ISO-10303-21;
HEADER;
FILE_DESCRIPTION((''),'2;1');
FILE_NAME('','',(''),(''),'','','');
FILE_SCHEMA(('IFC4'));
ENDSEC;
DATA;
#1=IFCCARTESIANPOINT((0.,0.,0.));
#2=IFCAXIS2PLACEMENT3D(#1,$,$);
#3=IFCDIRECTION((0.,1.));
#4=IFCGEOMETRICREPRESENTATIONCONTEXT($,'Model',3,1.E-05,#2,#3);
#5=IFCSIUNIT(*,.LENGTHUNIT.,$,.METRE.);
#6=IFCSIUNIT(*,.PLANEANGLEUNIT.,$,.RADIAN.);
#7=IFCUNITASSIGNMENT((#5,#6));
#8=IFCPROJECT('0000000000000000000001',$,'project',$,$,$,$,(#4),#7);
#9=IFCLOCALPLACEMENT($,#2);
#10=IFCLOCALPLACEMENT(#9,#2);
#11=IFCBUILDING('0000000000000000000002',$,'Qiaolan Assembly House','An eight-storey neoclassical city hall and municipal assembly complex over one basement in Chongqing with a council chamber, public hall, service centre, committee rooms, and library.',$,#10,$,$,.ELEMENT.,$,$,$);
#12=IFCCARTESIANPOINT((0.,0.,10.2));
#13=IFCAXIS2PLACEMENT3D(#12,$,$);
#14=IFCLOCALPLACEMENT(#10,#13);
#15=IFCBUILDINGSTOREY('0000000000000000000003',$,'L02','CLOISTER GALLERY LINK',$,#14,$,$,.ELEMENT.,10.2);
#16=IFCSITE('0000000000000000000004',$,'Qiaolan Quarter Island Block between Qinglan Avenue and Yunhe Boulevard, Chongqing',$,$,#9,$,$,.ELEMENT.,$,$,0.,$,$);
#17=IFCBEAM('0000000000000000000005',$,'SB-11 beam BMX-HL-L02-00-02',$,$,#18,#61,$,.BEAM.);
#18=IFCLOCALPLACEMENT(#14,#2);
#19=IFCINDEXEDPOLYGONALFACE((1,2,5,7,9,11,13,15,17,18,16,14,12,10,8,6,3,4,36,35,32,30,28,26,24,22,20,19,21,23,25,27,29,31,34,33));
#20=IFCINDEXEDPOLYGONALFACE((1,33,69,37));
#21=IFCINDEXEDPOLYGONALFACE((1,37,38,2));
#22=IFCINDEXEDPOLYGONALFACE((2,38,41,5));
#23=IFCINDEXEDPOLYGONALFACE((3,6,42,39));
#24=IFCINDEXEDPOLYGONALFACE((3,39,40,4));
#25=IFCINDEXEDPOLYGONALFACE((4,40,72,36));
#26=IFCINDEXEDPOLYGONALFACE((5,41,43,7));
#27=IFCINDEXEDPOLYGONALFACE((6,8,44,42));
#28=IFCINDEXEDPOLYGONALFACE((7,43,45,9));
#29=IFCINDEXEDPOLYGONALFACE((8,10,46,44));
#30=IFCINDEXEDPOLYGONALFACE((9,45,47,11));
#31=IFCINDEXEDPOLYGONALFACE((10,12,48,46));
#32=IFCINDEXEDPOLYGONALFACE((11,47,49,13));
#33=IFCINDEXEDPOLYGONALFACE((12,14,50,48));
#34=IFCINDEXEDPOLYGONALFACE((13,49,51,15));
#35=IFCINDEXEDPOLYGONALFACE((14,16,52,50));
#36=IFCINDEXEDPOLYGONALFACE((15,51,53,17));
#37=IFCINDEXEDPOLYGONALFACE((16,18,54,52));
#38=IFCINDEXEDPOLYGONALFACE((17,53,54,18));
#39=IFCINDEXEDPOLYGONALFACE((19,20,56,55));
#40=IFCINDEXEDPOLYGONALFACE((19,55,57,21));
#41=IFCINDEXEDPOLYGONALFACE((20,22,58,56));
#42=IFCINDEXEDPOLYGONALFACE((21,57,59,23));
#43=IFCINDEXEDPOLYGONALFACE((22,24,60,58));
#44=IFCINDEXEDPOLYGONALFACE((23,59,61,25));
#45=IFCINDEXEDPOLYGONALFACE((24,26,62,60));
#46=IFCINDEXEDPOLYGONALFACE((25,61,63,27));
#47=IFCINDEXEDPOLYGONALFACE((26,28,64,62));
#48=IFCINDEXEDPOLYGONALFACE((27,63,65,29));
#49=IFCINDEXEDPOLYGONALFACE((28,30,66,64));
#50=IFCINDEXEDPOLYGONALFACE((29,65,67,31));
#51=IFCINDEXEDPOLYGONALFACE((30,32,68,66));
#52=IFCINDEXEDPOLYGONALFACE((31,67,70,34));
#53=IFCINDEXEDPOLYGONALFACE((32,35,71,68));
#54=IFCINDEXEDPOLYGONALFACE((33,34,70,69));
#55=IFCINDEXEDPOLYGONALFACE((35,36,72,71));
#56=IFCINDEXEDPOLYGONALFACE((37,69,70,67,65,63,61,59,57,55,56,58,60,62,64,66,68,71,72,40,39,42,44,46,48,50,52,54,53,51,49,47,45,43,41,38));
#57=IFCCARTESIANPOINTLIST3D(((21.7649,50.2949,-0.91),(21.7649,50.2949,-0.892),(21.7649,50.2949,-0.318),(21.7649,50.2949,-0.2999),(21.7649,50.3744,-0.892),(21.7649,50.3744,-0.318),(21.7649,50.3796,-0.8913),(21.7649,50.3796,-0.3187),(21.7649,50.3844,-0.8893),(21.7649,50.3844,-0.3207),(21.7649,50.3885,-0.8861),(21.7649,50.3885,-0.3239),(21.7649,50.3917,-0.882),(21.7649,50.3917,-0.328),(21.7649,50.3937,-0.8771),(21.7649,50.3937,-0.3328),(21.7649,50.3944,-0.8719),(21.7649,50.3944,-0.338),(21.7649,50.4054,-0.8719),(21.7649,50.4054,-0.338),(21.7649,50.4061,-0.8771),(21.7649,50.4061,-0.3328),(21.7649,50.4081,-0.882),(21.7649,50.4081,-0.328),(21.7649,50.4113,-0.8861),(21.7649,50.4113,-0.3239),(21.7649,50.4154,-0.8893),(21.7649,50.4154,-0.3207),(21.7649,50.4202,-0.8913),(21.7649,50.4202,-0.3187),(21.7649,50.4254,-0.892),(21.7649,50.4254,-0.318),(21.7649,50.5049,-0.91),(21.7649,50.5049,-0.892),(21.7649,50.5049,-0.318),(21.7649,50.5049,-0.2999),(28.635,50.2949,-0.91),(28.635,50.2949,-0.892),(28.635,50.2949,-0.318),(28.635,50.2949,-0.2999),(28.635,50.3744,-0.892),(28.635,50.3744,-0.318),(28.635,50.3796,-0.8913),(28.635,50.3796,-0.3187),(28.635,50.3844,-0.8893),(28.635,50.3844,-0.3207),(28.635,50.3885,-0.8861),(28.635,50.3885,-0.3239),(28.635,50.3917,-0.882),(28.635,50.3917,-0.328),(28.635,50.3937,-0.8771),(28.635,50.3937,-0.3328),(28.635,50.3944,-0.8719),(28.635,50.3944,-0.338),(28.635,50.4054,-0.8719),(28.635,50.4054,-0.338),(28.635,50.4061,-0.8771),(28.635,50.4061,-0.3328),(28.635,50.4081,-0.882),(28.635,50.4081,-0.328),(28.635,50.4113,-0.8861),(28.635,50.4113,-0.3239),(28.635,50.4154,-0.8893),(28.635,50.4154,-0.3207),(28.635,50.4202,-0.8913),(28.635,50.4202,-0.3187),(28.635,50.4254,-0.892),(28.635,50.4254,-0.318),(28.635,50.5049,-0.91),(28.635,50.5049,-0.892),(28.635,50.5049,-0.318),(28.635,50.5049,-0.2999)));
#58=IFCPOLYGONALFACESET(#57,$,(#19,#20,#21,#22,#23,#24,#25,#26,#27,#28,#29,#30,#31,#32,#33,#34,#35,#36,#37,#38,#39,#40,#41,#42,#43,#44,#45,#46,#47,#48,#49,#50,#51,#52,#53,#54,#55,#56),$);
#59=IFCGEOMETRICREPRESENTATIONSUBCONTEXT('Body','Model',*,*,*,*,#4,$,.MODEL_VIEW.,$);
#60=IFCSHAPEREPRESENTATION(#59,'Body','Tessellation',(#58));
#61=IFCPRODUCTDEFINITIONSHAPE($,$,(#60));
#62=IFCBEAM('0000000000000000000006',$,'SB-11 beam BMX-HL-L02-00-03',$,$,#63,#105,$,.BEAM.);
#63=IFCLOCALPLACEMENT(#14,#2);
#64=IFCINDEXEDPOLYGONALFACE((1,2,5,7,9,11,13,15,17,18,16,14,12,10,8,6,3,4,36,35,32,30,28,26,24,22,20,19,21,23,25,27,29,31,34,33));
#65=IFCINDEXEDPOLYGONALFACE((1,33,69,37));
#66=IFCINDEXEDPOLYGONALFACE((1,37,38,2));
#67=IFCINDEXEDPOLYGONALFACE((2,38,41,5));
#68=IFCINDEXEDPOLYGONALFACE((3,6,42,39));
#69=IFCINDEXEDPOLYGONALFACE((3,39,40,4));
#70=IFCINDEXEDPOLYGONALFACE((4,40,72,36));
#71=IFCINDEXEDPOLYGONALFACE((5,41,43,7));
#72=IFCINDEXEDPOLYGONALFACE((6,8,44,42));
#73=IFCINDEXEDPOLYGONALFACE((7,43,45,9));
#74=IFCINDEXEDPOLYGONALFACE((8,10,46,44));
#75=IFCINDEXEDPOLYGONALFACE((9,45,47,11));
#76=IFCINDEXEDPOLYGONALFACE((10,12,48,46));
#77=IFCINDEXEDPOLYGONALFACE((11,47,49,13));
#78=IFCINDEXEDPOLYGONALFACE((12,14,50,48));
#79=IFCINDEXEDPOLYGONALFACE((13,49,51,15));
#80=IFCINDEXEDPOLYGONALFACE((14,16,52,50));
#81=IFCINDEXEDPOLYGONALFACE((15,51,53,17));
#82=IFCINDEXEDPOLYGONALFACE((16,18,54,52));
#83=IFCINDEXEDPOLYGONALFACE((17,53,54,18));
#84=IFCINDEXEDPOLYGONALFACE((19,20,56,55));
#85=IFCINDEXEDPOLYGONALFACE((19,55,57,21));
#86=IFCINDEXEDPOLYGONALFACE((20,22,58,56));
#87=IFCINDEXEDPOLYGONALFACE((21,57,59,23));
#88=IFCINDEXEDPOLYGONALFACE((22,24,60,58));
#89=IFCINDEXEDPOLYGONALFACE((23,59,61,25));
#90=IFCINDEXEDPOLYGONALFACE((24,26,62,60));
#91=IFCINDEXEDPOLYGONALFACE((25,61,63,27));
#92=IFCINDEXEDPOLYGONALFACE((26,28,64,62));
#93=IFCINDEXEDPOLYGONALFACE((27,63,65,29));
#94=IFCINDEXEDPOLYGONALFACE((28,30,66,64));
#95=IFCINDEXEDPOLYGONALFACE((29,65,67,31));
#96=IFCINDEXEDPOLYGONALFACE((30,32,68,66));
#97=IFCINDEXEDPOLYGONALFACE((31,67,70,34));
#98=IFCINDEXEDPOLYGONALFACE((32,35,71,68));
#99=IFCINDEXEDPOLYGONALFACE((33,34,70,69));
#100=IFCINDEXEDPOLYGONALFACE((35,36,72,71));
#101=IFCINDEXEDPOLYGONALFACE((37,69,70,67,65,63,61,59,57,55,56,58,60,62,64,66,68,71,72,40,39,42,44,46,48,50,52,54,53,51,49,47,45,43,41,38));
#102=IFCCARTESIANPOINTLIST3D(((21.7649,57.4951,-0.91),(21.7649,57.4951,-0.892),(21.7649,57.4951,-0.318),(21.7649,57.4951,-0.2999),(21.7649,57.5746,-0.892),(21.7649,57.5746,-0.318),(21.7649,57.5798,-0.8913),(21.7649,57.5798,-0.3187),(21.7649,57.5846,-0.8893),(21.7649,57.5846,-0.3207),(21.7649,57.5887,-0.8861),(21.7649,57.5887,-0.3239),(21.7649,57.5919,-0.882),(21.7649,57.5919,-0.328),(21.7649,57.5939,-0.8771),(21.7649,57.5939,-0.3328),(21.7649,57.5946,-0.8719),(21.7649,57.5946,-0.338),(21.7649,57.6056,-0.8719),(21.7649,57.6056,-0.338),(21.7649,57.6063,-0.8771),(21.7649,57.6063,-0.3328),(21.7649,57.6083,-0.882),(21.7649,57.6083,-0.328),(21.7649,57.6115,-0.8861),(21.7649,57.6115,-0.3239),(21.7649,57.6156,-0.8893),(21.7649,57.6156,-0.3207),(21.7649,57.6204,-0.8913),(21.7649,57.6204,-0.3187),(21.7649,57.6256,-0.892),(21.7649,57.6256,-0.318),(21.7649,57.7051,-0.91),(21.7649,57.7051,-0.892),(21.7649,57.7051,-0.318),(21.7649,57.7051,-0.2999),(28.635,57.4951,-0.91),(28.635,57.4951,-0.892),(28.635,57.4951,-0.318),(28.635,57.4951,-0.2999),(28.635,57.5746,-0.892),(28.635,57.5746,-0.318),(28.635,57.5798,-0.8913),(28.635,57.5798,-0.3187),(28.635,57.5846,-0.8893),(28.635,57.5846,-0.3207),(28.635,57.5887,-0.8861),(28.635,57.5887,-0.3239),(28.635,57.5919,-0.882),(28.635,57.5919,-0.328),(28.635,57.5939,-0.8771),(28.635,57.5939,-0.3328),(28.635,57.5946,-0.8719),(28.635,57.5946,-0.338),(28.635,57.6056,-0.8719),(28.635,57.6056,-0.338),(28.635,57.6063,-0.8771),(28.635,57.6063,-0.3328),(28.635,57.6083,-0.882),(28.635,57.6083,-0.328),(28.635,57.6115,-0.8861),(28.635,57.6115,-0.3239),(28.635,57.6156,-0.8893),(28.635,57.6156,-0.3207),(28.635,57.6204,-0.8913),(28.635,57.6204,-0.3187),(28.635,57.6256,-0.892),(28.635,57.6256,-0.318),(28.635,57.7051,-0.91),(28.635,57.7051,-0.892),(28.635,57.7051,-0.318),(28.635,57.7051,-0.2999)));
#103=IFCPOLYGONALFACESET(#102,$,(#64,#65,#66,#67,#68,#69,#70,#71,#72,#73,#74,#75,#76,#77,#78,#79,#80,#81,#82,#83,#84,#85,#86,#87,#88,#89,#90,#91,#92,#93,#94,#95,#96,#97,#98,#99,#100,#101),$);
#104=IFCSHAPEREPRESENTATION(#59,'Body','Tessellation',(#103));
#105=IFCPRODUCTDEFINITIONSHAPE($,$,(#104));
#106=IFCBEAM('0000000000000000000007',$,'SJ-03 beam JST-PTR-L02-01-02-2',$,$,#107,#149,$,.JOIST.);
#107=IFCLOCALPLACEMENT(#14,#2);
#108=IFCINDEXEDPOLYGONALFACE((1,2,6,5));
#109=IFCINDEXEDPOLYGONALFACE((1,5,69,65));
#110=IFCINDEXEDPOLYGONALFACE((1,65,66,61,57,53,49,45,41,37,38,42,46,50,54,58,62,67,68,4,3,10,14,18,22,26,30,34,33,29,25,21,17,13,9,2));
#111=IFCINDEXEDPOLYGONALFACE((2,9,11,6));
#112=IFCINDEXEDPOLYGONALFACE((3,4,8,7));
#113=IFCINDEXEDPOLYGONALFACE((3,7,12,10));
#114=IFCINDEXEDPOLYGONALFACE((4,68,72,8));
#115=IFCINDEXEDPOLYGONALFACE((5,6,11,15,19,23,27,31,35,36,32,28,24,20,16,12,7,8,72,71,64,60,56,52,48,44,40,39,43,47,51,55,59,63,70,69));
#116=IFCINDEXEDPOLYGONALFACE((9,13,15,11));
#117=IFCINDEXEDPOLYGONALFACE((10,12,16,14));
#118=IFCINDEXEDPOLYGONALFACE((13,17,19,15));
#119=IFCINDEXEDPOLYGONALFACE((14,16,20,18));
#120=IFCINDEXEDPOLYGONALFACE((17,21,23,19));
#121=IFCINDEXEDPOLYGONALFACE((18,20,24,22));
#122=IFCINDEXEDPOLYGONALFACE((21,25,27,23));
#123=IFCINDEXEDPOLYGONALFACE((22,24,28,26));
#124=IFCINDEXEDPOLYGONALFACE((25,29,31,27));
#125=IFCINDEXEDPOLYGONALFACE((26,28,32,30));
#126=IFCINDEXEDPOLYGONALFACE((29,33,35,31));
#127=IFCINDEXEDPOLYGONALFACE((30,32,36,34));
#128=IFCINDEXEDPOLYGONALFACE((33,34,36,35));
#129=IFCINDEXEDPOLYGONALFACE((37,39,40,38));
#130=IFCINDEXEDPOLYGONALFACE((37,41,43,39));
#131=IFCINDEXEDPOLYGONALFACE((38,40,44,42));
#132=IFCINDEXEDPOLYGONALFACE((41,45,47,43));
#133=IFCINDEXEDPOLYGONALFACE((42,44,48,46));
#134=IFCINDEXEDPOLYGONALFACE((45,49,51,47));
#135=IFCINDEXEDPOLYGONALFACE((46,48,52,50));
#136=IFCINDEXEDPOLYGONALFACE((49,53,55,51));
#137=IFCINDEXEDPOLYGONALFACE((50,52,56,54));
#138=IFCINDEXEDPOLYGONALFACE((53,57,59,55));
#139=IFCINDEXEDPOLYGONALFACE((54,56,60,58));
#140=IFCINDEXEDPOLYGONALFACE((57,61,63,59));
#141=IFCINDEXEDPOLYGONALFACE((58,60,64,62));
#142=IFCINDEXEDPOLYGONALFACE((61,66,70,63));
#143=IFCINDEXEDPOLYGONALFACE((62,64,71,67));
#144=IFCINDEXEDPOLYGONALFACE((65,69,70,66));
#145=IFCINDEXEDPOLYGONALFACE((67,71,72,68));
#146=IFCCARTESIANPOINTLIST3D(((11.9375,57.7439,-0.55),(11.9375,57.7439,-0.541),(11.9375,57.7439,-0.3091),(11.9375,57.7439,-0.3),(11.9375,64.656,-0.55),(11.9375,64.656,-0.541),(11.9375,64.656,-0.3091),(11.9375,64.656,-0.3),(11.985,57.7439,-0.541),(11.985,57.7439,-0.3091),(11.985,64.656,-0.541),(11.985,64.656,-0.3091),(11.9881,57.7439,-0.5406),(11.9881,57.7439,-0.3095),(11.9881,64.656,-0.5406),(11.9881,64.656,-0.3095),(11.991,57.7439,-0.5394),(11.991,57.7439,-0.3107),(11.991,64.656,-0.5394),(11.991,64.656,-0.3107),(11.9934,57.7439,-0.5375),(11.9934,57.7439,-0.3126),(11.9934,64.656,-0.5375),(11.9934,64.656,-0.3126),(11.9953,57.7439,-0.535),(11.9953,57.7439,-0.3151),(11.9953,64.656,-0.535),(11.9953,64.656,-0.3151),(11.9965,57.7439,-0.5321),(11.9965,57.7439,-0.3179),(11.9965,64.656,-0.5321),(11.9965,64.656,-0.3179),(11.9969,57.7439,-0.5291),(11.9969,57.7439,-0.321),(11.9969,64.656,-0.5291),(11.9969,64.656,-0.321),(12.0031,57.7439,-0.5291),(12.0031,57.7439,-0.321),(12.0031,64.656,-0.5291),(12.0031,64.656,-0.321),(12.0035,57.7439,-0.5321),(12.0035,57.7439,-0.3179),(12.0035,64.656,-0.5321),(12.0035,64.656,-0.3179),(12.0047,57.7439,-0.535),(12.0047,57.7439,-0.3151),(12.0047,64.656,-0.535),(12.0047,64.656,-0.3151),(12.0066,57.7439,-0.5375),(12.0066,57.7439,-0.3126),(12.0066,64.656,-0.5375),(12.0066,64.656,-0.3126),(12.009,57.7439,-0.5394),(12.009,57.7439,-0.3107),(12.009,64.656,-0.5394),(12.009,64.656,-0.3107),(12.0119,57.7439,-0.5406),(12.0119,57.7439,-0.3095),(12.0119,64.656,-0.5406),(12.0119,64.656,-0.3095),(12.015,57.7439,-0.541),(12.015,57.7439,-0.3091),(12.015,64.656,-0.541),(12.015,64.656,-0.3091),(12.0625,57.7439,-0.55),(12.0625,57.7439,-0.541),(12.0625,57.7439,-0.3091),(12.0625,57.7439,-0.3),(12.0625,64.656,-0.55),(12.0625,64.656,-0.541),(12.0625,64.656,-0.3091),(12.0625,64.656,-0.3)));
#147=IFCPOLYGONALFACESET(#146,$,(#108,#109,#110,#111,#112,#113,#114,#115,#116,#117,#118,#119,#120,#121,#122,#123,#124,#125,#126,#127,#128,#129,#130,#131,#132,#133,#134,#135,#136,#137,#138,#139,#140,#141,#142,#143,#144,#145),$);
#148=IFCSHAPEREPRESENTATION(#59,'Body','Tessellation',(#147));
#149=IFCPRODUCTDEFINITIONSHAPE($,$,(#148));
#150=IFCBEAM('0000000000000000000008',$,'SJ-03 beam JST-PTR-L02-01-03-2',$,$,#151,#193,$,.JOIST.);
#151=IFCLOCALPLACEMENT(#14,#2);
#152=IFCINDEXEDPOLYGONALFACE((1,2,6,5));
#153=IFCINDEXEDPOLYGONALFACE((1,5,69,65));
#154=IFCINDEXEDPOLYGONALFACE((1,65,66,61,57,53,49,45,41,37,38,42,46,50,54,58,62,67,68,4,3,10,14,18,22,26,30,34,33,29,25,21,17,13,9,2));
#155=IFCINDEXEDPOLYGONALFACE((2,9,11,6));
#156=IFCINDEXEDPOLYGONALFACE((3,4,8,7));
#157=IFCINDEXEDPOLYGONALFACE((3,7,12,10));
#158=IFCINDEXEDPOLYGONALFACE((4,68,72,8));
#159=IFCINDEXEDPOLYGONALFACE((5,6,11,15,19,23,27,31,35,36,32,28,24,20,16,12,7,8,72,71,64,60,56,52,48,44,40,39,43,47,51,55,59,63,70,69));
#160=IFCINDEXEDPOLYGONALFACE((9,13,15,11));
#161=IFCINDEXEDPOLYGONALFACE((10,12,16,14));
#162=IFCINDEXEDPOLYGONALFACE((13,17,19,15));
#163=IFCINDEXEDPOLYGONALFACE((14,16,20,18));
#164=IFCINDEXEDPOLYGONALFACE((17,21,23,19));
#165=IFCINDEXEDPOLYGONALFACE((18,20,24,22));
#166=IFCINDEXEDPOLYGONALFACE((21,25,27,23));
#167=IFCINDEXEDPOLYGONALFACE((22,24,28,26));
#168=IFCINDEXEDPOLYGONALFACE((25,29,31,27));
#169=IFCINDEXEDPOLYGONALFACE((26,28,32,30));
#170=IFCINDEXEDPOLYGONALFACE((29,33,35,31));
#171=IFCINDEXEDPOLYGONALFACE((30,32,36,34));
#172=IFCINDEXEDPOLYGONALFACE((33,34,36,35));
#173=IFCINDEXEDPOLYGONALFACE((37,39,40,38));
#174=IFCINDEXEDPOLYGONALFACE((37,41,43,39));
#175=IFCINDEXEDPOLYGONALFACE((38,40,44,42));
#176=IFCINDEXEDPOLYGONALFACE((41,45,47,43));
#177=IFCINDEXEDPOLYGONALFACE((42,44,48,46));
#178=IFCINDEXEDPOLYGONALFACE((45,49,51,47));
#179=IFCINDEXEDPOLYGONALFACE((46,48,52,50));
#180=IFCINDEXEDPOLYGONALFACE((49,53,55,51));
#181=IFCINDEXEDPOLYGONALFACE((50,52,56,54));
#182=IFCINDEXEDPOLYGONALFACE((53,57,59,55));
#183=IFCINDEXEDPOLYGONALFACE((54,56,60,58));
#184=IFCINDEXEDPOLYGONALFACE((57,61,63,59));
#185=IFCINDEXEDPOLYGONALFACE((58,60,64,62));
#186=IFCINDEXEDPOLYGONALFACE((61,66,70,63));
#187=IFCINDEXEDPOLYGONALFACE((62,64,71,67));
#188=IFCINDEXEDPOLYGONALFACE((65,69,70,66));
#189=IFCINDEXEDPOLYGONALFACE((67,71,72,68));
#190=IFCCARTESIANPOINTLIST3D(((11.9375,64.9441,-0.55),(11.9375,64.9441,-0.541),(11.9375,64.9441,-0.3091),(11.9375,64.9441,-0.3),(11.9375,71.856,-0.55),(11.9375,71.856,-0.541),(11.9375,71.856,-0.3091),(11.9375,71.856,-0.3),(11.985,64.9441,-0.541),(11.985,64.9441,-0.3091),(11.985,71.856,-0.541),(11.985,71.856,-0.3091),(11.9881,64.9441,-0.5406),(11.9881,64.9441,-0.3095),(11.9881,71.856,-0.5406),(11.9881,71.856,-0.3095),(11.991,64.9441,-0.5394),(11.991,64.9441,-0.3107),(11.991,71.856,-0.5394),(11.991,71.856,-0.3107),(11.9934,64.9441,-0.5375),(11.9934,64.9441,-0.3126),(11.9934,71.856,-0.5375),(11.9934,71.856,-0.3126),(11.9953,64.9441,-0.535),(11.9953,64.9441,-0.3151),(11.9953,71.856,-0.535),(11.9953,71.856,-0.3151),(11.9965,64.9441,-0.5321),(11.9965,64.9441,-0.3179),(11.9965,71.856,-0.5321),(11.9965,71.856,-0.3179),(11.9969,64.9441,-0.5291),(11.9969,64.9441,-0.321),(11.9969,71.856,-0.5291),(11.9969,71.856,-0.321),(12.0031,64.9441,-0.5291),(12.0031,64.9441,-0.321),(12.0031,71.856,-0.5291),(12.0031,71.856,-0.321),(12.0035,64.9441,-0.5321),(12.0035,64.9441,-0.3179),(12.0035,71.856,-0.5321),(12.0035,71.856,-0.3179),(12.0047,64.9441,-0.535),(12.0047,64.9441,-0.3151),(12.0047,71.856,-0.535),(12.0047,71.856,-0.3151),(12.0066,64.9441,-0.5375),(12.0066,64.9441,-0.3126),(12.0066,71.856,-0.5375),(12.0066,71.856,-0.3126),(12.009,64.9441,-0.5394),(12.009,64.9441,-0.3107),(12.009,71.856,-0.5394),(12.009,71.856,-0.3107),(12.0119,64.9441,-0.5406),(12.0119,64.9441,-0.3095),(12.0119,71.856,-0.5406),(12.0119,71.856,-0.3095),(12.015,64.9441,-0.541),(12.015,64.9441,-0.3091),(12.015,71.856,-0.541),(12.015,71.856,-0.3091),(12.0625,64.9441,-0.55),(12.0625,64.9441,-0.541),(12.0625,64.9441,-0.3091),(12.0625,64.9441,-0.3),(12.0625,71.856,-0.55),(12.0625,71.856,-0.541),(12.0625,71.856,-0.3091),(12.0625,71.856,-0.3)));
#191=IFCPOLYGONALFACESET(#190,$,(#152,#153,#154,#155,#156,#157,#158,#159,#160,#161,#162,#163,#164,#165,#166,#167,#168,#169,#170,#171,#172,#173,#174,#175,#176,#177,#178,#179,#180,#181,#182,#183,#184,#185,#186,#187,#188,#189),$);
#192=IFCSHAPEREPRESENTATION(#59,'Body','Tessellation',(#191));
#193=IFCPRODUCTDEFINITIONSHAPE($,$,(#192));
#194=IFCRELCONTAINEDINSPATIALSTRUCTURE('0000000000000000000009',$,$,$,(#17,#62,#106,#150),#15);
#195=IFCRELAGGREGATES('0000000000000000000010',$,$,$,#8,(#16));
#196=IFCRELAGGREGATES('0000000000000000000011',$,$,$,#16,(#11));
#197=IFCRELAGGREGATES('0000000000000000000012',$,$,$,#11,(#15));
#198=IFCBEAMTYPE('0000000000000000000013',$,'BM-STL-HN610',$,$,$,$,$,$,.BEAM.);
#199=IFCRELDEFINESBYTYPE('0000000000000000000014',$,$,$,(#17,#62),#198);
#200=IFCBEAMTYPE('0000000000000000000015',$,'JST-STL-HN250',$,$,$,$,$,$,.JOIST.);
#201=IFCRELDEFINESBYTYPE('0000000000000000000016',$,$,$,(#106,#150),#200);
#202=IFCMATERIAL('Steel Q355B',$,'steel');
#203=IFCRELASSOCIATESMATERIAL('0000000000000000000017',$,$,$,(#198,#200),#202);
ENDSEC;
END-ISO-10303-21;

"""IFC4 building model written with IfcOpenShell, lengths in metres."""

from ifc_helpers import new_model, si_unit, direction, frame, origin, origin_2d, place, context, subcontext, project, spatial, i_section, extrude, material, material_profile, profile_set, type_object, element, save


model = new_model("IFC4")

# Units and contexts
model_context = context("Model", 3, precision=1e-05, world=origin(), true_north=direction((0.0, 1.0)))
body_context = subcontext(model_context, "Body", "Model", "MODEL_VIEW")
ifc_project = project(units=[si_unit("LENGTHUNIT", "METRE"), si_unit("PLANEANGLEUNIT", "RADIAN")], contexts=[model_context])

# Site, building, storey
site_placement = place(None, origin())
site = spatial("IfcSite", under=ifc_project, at=site_placement, Name="Qiaolan Quarter Island Block between Qinglan Avenue and Yunhe Boulevard, Chongqing", CompositionType="ELEMENT", RefElevation=0.0)
building_placement = place(site_placement, origin())
building = spatial("IfcBuilding", under=site, at=building_placement, Name="Qiaolan Assembly House", Description="An eight-storey neoclassical city hall and municipal assembly complex over one basement in Chongqing with a council chamber, public hall, service centre, committee rooms, and library.", CompositionType="ELEMENT")
storey_placement = place(building_placement, frame((0.0, 0.0, 10.2)))
storey = spatial("IfcBuildingStorey", under=building, at=storey_placement, Name="L02", Description="CLOISTER GALLERY LINK", CompositionType="ELEMENT", Elevation=10.2)

# Shared definitions
ifc_material = material(Name="Steel Q355B", Category="steel")

# Beams
ifc_material_profile_1 = material_profile(ifc_material, i_section(OverallWidth=0.21, OverallDepth=0.6101, WebThickness=0.011, FlangeThickness=0.0181, FilletRadius=0.02, at=origin_2d()), Name="HN 610x210x11x18")
ifc_profile_set_1 = profile_set([ifc_material_profile_1], Name="Steel Q355B")
beam_type_1 = type_object("IfcBeamType", Name="BM-STL-HN610", PredefinedType="BEAM", material=ifc_profile_set_1)
for number, where, z_axis, x_axis, name in (
    (1, (21.7649, 50.3999, -0.605), (1.0, 0.0, 0.0), (0.0, 1.0, 0.0), "SB-11 beam BMX-HL-L02-00-02"),
    (2, (21.7649, 57.6001, -0.605), (1.0, 0.0, 0.0), (0.0, 1.0, 0.0), "SB-11 beam BMX-HL-L02-00-03"),
):
    element("IfcBeam", number, at=place(storey_placement, frame(where, z_axis=z_axis, x_axis=x_axis)), inside=storey, type_object=beam_type_1, Name=name, PredefinedType="BEAM", context=body_context, shape_type="SweptSolid", body=[
        extrude(i_section(OverallWidth=0.21, OverallDepth=0.6101, WebThickness=0.011, FlangeThickness=0.0181, FilletRadius=0.02, at=origin_2d()), origin(), (0.0, 0.0, 1.0), 6.8701),
    ])
ifc_material_profile_2 = material_profile(ifc_material, i_section(OverallWidth=0.125, OverallDepth=0.25, WebThickness=0.0061, FlangeThickness=0.009, FilletRadius=0.012, at=origin_2d()), Name="HN 250x125x6x9")
ifc_profile_set_2 = profile_set([ifc_material_profile_2], Name="Steel Q355B")
beam_type_2 = type_object("IfcBeamType", Name="JST-STL-HN250", PredefinedType="JOIST", material=ifc_profile_set_2)
beam_1_placement = place(storey_placement, frame((12.0, 57.7439, -0.425), z_axis=(0.0, 1.0, 0.0), x_axis=(-1.0, 0.0, 0.0)))
element("IfcBeam", 3, at=beam_1_placement, inside=storey, type_object=beam_type_2, Name="SJ-03 beam JST-PTR-L02-01-02-2", PredefinedType="JOIST", context=body_context, shape_type="SweptSolid", body=[
    extrude(i_section(OverallWidth=0.125, OverallDepth=0.25, WebThickness=0.0061, FlangeThickness=0.009, FilletRadius=0.012, at=origin_2d()), origin(), (0.0, 0.0, 1.0), 6.9121),
])
beam_2_placement = place(storey_placement, frame((12.0, 64.9441, -0.425), z_axis=(0.0, 1.0, 0.0), x_axis=(-1.0, 0.0, 0.0)))
element("IfcBeam", 4, at=beam_2_placement, inside=storey, type_object=beam_type_2, Name="SJ-03 beam JST-PTR-L02-01-03-2", PredefinedType="JOIST", context=body_context, shape_type="SweptSolid", body=[
    extrude(i_section(OverallWidth=0.125, OverallDepth=0.25, WebThickness=0.0061, FlangeThickness=0.009, FilletRadius=0.012, at=origin_2d()), origin(), (0.0, 0.0, 1.0), 6.9119),
])

save(model, "model.ifc")
